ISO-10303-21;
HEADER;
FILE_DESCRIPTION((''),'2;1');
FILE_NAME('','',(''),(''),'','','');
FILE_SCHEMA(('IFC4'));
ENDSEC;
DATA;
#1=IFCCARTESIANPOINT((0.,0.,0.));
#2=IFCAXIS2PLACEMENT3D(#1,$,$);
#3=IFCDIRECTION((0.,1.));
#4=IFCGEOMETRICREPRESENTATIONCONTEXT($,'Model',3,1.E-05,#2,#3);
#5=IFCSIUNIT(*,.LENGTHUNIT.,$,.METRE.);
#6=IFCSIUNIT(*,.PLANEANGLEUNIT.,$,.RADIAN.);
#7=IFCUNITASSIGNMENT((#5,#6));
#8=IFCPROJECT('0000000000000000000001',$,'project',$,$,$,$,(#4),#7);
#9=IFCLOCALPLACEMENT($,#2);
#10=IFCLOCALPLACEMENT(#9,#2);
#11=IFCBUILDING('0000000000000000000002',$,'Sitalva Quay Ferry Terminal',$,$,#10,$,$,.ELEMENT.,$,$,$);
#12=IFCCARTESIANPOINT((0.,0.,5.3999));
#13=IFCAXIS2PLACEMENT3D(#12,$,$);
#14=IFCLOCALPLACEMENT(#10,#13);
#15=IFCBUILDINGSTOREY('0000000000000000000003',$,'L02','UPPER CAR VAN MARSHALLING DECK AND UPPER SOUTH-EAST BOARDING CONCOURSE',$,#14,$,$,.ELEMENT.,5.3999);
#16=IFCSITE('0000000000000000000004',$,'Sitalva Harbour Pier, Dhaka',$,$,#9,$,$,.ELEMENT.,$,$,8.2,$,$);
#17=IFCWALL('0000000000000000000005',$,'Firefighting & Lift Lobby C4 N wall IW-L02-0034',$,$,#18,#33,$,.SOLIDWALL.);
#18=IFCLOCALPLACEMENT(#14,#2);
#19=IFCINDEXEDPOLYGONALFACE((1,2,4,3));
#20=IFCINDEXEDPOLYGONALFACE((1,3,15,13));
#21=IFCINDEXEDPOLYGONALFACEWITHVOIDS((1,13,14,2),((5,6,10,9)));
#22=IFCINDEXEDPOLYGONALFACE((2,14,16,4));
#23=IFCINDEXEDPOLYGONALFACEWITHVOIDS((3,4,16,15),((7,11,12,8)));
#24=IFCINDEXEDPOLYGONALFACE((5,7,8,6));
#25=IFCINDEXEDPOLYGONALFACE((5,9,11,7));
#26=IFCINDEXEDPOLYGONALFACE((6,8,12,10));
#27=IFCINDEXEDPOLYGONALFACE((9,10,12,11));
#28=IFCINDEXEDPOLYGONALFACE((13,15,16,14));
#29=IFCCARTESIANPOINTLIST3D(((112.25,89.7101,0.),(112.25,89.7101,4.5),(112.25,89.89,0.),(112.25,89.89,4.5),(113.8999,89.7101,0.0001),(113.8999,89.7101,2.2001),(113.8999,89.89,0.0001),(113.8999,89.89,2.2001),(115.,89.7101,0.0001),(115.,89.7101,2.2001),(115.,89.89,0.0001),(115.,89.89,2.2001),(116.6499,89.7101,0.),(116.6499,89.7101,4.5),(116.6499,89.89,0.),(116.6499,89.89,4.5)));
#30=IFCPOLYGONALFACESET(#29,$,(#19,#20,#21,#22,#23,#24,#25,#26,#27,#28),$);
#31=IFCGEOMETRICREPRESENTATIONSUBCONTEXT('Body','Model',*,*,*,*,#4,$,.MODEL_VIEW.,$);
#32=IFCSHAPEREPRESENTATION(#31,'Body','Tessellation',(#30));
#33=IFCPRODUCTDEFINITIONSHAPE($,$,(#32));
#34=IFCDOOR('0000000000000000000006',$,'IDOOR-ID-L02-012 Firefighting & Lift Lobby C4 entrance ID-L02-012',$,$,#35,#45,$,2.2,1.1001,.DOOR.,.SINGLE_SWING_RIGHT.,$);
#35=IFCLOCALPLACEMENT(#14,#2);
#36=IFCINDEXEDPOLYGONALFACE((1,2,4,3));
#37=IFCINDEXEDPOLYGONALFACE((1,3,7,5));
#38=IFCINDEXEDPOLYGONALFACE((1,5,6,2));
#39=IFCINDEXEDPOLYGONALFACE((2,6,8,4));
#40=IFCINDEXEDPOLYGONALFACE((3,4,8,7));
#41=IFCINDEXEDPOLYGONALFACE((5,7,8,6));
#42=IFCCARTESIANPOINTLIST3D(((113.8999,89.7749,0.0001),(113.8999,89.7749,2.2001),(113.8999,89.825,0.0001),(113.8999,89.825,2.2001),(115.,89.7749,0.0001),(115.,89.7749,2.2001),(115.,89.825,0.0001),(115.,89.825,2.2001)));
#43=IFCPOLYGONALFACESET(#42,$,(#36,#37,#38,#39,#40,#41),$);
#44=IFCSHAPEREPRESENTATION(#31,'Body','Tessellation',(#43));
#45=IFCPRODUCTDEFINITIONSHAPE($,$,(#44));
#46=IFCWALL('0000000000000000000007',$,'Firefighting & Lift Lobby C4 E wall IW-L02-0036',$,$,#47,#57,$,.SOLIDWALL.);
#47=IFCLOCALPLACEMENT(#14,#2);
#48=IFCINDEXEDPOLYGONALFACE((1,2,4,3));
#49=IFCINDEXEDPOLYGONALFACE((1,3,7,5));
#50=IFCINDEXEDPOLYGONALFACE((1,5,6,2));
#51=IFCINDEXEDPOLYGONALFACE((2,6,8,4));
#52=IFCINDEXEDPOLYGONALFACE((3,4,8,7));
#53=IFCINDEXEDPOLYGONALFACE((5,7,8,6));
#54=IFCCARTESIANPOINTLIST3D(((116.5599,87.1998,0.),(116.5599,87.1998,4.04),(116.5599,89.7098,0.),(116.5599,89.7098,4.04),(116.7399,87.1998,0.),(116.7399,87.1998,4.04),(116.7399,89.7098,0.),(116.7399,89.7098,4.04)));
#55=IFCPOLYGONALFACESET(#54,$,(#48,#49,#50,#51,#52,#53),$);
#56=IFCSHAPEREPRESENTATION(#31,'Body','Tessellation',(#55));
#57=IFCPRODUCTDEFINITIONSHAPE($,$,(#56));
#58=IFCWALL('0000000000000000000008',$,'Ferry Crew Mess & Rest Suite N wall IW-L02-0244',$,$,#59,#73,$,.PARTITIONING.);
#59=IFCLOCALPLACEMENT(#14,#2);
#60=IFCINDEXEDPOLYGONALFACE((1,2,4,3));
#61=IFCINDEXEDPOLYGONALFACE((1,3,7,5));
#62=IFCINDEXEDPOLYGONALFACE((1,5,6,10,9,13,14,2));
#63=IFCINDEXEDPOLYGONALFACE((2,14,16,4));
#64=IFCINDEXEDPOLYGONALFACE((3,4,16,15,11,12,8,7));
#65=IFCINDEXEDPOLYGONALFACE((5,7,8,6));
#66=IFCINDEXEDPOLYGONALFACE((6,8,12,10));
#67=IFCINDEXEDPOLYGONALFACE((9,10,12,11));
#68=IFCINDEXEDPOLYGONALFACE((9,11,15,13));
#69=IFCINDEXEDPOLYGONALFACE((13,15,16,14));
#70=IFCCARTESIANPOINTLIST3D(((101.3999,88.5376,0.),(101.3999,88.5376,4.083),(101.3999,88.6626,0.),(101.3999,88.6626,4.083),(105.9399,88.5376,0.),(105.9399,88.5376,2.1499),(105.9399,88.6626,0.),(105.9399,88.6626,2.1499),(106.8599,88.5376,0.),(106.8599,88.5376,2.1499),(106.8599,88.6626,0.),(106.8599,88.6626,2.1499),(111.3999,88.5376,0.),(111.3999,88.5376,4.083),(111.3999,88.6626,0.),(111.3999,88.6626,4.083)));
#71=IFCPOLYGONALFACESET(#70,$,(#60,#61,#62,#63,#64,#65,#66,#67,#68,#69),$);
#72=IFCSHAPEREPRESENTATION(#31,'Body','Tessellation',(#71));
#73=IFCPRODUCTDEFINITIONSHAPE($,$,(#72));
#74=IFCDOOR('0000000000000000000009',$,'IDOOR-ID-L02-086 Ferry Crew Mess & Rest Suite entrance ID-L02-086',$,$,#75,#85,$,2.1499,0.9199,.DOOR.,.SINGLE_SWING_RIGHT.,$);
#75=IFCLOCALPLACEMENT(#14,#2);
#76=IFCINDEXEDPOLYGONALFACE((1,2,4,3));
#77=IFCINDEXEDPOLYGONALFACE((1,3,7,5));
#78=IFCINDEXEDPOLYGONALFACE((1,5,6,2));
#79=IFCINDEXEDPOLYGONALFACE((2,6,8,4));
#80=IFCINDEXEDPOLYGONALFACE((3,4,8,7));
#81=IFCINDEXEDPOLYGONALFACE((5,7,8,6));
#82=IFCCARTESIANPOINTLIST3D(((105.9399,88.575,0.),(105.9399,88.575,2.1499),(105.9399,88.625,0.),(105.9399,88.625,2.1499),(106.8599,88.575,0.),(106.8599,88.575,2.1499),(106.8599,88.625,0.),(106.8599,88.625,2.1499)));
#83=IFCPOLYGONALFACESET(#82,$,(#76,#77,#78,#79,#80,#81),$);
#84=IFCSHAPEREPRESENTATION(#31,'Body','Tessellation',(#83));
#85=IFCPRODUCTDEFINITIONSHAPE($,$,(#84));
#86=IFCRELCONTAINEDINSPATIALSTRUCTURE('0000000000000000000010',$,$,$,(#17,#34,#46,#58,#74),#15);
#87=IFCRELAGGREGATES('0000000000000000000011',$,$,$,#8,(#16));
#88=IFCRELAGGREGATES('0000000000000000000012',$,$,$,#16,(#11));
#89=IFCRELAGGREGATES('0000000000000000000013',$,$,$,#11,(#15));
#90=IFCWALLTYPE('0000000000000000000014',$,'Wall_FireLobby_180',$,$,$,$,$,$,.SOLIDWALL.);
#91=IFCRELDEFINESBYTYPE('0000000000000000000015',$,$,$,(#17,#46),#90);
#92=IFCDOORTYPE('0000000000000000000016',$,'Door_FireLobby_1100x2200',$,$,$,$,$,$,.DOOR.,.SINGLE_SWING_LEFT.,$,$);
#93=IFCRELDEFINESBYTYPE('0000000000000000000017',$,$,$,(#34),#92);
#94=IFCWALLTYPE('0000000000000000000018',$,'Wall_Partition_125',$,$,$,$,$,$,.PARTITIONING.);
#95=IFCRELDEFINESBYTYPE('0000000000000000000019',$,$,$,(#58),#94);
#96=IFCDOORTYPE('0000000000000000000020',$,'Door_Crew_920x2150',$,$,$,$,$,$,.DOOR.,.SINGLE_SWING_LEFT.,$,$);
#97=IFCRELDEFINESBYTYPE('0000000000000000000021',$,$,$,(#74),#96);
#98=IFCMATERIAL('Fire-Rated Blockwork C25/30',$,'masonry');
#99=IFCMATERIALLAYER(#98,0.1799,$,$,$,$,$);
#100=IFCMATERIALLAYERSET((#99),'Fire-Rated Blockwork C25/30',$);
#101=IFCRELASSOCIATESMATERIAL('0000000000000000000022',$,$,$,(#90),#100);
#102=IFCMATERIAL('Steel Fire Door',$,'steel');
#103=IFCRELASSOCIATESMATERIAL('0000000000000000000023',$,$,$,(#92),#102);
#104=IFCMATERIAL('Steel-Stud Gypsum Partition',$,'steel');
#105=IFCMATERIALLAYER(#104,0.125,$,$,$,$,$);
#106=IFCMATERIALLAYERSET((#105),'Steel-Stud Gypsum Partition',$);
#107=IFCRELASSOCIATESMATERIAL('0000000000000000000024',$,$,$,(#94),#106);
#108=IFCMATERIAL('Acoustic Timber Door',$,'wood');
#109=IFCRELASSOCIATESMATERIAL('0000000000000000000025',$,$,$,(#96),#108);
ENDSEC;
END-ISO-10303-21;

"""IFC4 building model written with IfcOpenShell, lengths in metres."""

from ifc_helpers import new_model, si_unit, direction, frame, frame_2d, origin, place, context, subcontext, project, spatial, rectangle, extrude, material, layer, layer_set, type_object, element, fill, save


model = new_model("IFC4")

# Units and contexts
model_context = context("Model", 3, precision=1e-05, world=origin(), true_north=direction((0.0, 1.0)))
body_context = subcontext(model_context, "Body", "Model", "MODEL_VIEW")
ifc_project = project(units=[si_unit("LENGTHUNIT", "METRE"), si_unit("PLANEANGLEUNIT", "RADIAN")], contexts=[model_context])

# Site, building, storey
site_placement = place(None, origin())
site = spatial("IfcSite", under=ifc_project, at=site_placement, Name="Sitalva Harbour Pier, Dhaka", CompositionType="ELEMENT", RefElevation=8.2)
building_placement = place(site_placement, origin())
building = spatial("IfcBuilding", under=site, at=building_placement, Name="Sitalva Quay Ferry Terminal", CompositionType="ELEMENT")
storey_placement = place(building_placement, frame((0.0, 0.0, 5.3999)))
storey = spatial("IfcBuildingStorey", under=building, at=storey_placement, Name="L02", Description="UPPER CAR VAN MARSHALLING DECK AND UPPER SOUTH-EAST BOARDING CONCOURSE", CompositionType="ELEMENT", Elevation=5.3999)

# Wall, opening, door
ifc_material_1 = material(Name="Fire-Rated Blockwork C25/30", Category="masonry")
ifc_layer_1 = layer(ifc_material_1, 0.1799)
ifc_layer_set_1 = layer_set([ifc_layer_1], Name="Fire-Rated Blockwork C25/30")
wall_type_1 = type_object("IfcWallType", Name="Wall_FireLobby_180", PredefinedType="SOLIDWALL", material=ifc_layer_set_1)
wall_1_placement = place(storey_placement, frame((112.25, 89.8, 0.0), z_axis=(0.0, 0.0, 1.0), x_axis=(1.0, 0.0, 0.0)))
wall_1 = element("IfcWall", 1, at=wall_1_placement, inside=storey, type_object=wall_type_1, Name="Firefighting & Lift Lobby C4 N wall IW-L02-0034", PredefinedType="SOLIDWALL", context=body_context, shape_type="SweptSolid", body=[
    extrude(rectangle(XDim=4.3999, YDim=0.1799, at=frame_2d((2.2, 0.0))), origin(), (0.0, 0.0, 1.0), 4.5),
])
opening_1_placement = place(wall_1_placement, frame((1.6499, 0.0, 0.0)))
opening_1 = element("IfcOpeningElement", 2, at=opening_1_placement, cuts=wall_1, PredefinedType="OPENING", context=body_context, shape_type="SweptSolid", body=[
    extrude(rectangle(XDim=1.1001, YDim=2.2, at=frame_2d((0.55, 1.1001))), frame((0.0, 0.0999, 0.0), z_axis=(0.0, -1.0, 0.0), x_axis=(1.0, 0.0, 0.0)), (0.0, 0.0, 1.0), 0.2),
])
ifc_material_2 = material(Name="Steel Fire Door", Category="steel")
door_type_1 = type_object("IfcDoorType", Name="Door_FireLobby_1100x2200", OperationType="SINGLE_SWING_LEFT", PredefinedType="DOOR", material=ifc_material_2)
door_1_placement = place(opening_1_placement, origin())
door_1 = element("IfcDoor", 3, at=door_1_placement, inside=storey, type_object=door_type_1, Name="IDOOR-ID-L02-012 Firefighting & Lift Lobby C4 entrance ID-L02-012", OperationType="SINGLE_SWING_RIGHT", OverallHeight=2.2, OverallWidth=1.1001, PredefinedType="DOOR", context=body_context, shape_type="SweptSolid", body=[
    extrude(rectangle(XDim=1.1001, YDim=2.2, at=frame_2d((0.55, 1.1001))), frame((0.0, 0.0249, 0.0), z_axis=(0.0, -1.0, 0.0), x_axis=(1.0, 0.0, 0.0)), (0.0, 0.0, 1.0), 0.05),
])
fill(opening_1, door_1)

# Wall
wall_2_placement = place(storey_placement, frame((116.6499, 87.2, 0.0), z_axis=(0.0, 0.0, 1.0), x_axis=(0.0, 1.0, 0.0)))
element("IfcWall", 4, at=wall_2_placement, inside=storey, type_object=wall_type_1, Name="Firefighting & Lift Lobby C4 E wall IW-L02-0036", PredefinedType="SOLIDWALL", context=body_context, shape_type="SweptSolid", body=[
    extrude(rectangle(XDim=2.51, YDim=0.1799, at=frame_2d((1.2549, 0.0))), origin(), (0.0, 0.0, 1.0), 4.04),
])

# Wall, opening, door
ifc_material_3 = material(Name="Steel-Stud Gypsum Partition", Category="steel")
ifc_layer_2 = layer(ifc_material_3, 0.125)
ifc_layer_set_2 = layer_set([ifc_layer_2], Name="Steel-Stud Gypsum Partition")
wall_type_2 = type_object("IfcWallType", Name="Wall_Partition_125", PredefinedType="PARTITIONING", material=ifc_layer_set_2)
wall_3_placement = place(storey_placement, frame((101.3999, 88.6001, 0.0), z_axis=(0.0, 0.0, 1.0), x_axis=(1.0, 0.0, 0.0)))
wall_3 = element("IfcWall", 5, at=wall_3_placement, inside=storey, type_object=wall_type_2, Name="Ferry Crew Mess & Rest Suite N wall IW-L02-0244", PredefinedType="PARTITIONING", context=body_context, shape_type="SweptSolid", body=[
    extrude(rectangle(XDim=10.0, YDim=0.125, at=frame_2d((5.0, 0.0))), origin(), (0.0, 0.0, 1.0), 4.083),
])
opening_2_placement = place(wall_3_placement, frame((4.54, 0.0, 0.0)))
opening_2 = element("IfcOpeningElement", 6, at=opening_2_placement, cuts=wall_3, PredefinedType="OPENING", context=body_context, shape_type="SweptSolid", body=[
    extrude(rectangle(XDim=0.9199, YDim=2.1499, at=frame_2d((0.46, 1.075))), frame((0.0, 0.0725, 0.0), z_axis=(0.0, -1.0, 0.0), x_axis=(1.0, 0.0, 0.0)), (0.0, 0.0, 1.0), 0.145),
])
ifc_material_4 = material(Name="Acoustic Timber Door", Category="wood")
door_type_2 = type_object("IfcDoorType", Name="Door_Crew_920x2150", OperationType="SINGLE_SWING_LEFT", PredefinedType="DOOR", material=ifc_material_4)
door_2_placement = place(opening_2_placement, origin())
door_2 = element("IfcDoor", 7, at=door_2_placement, inside=storey, type_object=door_type_2, Name="IDOOR-ID-L02-086 Ferry Crew Mess & Rest Suite entrance ID-L02-086", OperationType="SINGLE_SWING_RIGHT", OverallHeight=2.1499, OverallWidth=0.9199, PredefinedType="DOOR", context=body_context, shape_type="SweptSolid", body=[
    extrude(rectangle(XDim=0.9199, YDim=2.1499, at=frame_2d((0.46, 1.075))), frame((0.0, 0.0249, 0.0), z_axis=(0.0, -1.0, 0.0), x_axis=(1.0, 0.0, 0.0)), (0.0, 0.0, 1.0), 0.05),
])
fill(opening_2, door_2)

save(model, "model.ifc")
